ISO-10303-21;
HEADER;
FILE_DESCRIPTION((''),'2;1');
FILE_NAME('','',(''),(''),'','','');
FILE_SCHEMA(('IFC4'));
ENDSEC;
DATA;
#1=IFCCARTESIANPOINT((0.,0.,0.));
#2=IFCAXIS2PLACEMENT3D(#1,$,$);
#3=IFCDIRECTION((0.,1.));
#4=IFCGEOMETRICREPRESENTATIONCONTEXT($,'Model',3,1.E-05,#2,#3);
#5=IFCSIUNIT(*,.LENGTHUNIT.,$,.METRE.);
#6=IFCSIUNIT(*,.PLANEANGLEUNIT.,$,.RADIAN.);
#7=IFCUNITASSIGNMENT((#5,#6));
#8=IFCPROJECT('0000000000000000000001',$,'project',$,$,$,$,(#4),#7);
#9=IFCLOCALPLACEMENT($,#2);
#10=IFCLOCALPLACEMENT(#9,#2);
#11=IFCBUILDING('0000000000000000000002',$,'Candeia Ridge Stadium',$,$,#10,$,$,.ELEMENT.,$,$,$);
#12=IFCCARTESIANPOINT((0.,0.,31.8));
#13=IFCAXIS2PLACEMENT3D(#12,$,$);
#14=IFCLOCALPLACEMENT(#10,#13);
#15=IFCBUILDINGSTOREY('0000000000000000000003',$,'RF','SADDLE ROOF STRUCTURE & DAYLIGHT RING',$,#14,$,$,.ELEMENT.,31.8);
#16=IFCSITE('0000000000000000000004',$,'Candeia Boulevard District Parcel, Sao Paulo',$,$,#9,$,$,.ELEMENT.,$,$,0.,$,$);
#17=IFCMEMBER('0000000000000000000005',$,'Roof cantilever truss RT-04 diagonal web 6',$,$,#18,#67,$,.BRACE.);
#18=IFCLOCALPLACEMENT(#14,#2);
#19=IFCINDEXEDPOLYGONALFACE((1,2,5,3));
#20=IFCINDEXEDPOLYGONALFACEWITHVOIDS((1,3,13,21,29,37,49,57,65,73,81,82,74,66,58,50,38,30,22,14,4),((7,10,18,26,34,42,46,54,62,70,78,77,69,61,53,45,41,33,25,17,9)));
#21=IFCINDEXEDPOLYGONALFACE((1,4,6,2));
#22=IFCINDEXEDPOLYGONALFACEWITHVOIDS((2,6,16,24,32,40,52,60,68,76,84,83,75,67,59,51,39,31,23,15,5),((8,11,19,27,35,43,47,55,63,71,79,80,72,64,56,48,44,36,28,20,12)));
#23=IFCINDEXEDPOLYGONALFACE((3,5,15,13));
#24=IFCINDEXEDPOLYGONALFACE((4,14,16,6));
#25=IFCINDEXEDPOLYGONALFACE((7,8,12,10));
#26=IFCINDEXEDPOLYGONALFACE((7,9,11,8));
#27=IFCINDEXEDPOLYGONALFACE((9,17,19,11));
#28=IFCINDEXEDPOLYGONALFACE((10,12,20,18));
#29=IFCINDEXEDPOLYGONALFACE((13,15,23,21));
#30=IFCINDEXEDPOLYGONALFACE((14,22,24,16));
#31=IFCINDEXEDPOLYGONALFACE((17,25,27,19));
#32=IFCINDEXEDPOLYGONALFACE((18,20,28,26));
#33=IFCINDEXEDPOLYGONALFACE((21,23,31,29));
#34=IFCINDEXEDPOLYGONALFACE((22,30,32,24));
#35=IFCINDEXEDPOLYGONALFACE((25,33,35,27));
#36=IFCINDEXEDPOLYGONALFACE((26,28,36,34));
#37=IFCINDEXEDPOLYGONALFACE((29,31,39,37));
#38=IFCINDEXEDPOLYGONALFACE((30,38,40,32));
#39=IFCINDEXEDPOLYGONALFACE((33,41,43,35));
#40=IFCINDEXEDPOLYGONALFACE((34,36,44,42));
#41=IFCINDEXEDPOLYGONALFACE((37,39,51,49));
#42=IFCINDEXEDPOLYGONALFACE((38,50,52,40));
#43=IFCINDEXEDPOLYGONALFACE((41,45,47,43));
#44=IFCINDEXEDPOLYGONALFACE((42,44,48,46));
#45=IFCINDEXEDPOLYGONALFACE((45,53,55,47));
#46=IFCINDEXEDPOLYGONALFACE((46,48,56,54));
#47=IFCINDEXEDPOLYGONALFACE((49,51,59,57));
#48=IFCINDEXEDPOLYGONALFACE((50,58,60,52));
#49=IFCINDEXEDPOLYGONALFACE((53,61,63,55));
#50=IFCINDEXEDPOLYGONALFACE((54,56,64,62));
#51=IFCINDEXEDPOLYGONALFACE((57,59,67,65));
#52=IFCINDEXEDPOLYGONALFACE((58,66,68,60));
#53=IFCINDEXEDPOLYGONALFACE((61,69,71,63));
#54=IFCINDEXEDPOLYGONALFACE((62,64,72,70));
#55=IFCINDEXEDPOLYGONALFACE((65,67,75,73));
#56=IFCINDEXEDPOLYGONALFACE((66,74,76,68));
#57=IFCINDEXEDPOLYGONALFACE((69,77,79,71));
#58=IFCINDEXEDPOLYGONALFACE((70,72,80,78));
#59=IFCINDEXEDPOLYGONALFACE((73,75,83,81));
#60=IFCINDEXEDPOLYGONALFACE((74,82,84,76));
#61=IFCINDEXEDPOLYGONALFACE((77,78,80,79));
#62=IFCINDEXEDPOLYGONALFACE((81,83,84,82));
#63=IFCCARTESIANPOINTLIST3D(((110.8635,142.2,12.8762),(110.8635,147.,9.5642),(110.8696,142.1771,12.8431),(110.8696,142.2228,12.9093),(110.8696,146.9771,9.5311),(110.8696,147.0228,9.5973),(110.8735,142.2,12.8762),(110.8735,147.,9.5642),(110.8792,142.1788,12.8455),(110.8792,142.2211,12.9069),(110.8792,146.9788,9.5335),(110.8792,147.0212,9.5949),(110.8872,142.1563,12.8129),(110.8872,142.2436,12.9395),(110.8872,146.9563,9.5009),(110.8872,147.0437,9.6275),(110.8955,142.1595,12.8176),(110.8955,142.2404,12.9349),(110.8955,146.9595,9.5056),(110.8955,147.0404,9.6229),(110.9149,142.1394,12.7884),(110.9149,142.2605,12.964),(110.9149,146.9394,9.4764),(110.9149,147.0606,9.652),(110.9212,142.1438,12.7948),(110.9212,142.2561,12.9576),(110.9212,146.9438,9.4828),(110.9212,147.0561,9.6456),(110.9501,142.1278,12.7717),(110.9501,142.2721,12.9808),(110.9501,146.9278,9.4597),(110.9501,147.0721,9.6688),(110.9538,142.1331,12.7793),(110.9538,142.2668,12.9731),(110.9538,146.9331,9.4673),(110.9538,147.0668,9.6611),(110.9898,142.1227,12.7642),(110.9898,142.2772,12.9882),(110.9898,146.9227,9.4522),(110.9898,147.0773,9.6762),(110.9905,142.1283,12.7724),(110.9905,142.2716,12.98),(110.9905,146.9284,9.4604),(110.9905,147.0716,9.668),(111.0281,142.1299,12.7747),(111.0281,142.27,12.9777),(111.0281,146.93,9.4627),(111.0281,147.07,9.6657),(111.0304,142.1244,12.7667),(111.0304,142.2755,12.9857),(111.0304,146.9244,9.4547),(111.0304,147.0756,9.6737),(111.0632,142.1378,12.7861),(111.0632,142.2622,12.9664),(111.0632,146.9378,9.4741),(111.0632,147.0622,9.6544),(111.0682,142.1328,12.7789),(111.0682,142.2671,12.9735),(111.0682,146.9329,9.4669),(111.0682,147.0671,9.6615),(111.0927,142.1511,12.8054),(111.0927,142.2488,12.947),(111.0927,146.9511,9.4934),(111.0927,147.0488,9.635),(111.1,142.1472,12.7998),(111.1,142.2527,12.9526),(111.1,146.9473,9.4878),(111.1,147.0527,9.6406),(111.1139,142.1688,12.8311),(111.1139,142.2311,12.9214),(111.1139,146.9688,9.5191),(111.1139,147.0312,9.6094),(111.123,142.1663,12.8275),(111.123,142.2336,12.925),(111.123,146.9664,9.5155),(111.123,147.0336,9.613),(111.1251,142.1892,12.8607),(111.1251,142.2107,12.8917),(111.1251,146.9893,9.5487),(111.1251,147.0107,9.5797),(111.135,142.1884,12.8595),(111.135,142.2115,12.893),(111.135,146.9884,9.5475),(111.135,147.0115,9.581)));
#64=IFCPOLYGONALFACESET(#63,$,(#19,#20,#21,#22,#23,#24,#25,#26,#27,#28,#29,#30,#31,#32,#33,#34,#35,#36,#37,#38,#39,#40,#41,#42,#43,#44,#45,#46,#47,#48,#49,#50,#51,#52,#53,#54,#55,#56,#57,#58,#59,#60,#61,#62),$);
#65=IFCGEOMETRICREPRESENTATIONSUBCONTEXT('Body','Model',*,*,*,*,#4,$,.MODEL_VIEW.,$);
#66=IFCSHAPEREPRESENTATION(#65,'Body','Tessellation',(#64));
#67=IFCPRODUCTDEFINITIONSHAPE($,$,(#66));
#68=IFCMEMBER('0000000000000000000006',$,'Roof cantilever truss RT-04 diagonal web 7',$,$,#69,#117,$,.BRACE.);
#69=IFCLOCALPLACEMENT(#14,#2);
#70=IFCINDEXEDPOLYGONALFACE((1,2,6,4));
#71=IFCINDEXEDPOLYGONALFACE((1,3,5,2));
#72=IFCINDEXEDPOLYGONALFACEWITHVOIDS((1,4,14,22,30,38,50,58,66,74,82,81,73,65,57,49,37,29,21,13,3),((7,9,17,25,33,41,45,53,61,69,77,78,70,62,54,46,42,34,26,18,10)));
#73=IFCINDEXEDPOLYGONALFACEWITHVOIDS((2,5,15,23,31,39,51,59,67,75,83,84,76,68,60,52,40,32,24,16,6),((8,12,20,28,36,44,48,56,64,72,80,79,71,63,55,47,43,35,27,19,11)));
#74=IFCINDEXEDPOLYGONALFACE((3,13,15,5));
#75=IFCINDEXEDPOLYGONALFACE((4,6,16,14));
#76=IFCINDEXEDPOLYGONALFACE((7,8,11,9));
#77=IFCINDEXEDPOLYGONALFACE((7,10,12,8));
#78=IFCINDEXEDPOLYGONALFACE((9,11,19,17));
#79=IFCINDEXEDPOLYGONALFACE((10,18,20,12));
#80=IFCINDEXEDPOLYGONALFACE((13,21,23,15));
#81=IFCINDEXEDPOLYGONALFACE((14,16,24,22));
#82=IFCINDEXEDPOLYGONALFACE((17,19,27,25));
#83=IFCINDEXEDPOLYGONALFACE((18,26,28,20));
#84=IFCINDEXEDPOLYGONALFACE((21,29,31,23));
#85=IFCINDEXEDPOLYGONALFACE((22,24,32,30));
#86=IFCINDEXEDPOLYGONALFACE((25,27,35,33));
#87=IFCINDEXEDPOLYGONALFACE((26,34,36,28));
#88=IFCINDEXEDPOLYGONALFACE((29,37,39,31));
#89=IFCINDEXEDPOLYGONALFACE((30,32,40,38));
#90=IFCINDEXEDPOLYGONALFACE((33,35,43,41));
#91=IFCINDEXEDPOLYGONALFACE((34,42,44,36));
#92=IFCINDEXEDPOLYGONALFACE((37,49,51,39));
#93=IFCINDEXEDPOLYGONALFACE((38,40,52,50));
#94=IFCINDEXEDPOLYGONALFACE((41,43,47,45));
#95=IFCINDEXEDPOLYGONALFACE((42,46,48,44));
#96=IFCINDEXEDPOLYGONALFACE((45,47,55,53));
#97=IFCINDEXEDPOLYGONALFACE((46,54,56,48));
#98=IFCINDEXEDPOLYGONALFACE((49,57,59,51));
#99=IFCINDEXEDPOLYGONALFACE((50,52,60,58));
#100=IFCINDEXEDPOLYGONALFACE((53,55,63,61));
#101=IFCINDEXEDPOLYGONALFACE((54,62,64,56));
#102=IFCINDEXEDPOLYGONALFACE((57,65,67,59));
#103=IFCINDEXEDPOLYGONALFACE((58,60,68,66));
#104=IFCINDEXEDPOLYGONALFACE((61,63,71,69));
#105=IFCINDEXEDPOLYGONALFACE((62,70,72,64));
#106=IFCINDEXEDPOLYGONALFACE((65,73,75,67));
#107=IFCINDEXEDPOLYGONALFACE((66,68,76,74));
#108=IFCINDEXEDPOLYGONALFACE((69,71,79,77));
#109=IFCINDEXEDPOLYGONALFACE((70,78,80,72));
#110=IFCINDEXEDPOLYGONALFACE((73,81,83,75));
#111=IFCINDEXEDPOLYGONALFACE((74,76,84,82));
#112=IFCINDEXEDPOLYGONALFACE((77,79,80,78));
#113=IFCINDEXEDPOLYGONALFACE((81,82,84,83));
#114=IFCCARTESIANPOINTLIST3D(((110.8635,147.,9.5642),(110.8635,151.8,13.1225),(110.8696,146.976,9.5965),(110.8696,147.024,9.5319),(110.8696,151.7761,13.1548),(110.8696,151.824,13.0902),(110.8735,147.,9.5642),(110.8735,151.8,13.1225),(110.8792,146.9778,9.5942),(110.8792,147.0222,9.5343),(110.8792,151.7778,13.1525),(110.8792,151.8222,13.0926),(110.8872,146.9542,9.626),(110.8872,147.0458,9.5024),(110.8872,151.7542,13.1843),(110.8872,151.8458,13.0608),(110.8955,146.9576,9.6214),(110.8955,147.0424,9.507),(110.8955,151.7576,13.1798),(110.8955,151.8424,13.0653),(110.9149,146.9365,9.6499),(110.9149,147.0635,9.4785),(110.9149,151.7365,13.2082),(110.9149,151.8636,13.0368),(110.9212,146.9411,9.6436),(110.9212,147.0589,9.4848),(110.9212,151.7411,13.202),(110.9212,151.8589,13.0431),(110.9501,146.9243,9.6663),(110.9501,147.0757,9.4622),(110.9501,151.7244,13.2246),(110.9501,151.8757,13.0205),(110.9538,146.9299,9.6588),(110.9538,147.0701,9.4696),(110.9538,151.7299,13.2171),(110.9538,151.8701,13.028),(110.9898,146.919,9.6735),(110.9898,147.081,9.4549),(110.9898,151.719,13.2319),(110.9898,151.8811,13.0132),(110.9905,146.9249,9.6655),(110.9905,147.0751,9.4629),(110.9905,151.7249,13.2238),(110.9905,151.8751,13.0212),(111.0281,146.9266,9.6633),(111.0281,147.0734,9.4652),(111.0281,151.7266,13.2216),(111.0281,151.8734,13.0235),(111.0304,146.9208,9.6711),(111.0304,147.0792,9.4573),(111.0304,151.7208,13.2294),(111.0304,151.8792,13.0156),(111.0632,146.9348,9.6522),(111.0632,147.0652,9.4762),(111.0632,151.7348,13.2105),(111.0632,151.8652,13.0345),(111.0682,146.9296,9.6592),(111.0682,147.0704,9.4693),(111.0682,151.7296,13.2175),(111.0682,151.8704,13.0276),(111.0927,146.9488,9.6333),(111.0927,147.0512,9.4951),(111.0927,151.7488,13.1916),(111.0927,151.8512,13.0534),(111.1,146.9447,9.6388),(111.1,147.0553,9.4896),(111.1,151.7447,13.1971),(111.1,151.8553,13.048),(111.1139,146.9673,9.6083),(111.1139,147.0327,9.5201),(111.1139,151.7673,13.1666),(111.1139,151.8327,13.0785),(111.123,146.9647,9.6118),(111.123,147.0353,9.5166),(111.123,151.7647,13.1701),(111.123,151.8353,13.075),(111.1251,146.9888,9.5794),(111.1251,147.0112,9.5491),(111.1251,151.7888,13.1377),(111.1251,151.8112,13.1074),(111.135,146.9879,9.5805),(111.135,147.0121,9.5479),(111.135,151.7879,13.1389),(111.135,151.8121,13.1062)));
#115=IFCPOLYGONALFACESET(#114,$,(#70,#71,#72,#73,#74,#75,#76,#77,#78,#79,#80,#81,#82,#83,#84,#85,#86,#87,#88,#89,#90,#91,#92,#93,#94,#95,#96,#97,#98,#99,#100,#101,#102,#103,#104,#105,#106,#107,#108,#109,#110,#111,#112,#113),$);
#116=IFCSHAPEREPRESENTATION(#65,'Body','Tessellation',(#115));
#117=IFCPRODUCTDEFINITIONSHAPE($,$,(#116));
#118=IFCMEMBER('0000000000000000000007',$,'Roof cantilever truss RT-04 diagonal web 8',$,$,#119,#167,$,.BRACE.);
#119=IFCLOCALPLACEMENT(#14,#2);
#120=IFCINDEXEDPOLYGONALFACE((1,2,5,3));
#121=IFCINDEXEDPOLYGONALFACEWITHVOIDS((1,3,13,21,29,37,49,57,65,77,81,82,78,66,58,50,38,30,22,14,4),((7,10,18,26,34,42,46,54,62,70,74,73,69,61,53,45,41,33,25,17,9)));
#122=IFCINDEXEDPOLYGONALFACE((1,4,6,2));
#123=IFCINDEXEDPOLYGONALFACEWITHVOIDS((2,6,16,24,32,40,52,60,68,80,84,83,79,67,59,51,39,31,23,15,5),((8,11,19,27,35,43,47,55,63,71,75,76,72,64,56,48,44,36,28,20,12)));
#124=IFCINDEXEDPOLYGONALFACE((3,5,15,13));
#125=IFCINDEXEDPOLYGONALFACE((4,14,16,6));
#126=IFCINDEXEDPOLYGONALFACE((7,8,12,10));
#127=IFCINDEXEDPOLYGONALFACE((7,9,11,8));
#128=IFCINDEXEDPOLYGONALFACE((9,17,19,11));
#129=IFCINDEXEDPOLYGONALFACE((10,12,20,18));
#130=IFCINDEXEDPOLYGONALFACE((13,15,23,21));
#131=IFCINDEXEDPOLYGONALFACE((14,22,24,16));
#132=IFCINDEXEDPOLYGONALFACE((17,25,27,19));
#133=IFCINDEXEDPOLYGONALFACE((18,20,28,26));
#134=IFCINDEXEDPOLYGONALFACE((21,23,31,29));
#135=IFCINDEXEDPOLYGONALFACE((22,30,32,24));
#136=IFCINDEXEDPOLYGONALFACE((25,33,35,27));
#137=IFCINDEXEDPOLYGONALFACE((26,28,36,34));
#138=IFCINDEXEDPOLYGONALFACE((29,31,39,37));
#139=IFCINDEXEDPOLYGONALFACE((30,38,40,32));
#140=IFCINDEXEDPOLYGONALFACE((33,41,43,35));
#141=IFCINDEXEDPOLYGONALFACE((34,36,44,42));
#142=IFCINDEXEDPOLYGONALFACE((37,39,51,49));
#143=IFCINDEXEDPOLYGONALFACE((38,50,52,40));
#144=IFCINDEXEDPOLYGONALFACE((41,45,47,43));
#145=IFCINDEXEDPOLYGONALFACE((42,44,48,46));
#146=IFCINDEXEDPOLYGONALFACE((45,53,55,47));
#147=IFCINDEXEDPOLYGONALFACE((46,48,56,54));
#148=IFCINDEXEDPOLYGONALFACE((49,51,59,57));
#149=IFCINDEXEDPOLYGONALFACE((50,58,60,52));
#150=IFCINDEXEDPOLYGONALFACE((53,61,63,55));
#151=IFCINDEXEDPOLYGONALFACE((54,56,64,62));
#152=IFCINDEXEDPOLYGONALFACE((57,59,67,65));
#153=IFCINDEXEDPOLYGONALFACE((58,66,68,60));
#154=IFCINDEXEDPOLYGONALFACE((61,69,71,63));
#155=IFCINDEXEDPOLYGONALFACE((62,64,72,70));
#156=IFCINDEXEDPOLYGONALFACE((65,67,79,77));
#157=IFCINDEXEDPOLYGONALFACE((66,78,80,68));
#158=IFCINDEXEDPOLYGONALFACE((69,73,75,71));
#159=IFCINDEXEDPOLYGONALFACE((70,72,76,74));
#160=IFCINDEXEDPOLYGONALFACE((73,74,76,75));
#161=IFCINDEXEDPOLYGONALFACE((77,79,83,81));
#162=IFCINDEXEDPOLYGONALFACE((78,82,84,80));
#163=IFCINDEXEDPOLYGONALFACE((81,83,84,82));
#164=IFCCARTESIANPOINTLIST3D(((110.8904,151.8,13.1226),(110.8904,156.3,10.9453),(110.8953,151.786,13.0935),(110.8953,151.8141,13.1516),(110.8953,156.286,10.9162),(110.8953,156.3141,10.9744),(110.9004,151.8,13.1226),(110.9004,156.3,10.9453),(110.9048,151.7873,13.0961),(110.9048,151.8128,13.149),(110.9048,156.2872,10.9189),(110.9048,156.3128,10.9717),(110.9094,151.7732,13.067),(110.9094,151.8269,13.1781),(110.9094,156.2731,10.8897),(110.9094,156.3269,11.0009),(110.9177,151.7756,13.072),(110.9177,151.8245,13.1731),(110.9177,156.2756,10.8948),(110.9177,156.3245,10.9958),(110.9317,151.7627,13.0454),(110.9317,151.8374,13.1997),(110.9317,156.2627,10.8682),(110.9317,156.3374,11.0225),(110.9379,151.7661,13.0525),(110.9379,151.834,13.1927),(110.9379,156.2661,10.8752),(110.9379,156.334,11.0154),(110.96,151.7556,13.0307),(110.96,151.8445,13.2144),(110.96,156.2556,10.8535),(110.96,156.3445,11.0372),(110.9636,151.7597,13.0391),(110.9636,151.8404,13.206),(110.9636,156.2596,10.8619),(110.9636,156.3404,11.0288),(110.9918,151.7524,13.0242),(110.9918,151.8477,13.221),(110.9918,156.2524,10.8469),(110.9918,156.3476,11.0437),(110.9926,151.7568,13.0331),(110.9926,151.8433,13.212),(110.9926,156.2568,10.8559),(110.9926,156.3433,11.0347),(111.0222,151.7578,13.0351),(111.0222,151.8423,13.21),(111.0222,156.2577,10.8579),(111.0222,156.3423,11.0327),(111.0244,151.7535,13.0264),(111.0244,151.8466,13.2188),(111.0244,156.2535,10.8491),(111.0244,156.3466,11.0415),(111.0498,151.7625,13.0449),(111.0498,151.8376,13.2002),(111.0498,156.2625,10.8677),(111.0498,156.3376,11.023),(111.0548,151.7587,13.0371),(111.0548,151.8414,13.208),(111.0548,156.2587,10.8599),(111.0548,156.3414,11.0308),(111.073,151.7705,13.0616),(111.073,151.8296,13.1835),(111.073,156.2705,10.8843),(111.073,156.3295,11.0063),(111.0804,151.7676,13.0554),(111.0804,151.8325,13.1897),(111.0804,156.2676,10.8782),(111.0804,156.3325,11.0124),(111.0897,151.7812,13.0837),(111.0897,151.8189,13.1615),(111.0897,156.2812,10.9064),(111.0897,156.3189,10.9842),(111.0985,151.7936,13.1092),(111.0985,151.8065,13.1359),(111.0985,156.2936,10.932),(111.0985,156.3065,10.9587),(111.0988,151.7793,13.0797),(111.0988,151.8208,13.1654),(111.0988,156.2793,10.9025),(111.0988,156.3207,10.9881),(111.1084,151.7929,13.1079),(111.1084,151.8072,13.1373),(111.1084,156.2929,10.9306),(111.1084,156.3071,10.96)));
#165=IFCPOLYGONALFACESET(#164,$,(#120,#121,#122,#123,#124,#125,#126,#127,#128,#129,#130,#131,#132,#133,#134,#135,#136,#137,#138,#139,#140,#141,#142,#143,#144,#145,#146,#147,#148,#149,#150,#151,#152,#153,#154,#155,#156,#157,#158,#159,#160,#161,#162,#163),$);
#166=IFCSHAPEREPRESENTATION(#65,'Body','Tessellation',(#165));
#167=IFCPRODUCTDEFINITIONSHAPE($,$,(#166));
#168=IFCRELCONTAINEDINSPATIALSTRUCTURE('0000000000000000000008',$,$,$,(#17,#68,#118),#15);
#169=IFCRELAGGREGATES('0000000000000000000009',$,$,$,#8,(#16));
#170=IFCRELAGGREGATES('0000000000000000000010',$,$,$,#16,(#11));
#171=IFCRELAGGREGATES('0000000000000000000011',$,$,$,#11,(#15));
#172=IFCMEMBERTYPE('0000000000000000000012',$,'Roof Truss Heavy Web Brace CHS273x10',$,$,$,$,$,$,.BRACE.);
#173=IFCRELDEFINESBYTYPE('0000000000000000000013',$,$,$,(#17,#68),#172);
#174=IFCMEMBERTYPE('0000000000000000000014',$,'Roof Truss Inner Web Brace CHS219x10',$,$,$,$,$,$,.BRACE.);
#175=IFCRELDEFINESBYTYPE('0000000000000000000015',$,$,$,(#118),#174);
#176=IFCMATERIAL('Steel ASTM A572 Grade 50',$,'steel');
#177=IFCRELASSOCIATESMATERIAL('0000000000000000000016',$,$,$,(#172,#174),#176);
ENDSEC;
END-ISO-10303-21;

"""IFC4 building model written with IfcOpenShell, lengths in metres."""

from ifc_helpers import new_model, si_unit, direction, frame, origin, origin_2d, place, context, subcontext, project, spatial, hollow_circle, extrude, material, material_profile, profile_set, type_object, element, save


model = new_model("IFC4")

# Units and contexts
model_context = context("Model", 3, precision=1e-05, world=origin(), true_north=direction((0.0, 1.0)))
body_context = subcontext(model_context, "Body", "Model", "MODEL_VIEW")
ifc_project = project(units=[si_unit("LENGTHUNIT", "METRE"), si_unit("PLANEANGLEUNIT", "RADIAN")], contexts=[model_context])

# Site, building, storey
site_placement = place(None, origin())
site = spatial("IfcSite", under=ifc_project, at=site_placement, Name="Candeia Boulevard District Parcel, Sao Paulo", CompositionType="ELEMENT", RefElevation=0.0)
building_placement = place(site_placement, origin())
building = spatial("IfcBuilding", under=site, at=building_placement, Name="Candeia Ridge Stadium", CompositionType="ELEMENT")
storey_placement = place(building_placement, frame((0.0, 0.0, 31.8)))
storey = spatial("IfcBuildingStorey", under=building, at=storey_placement, Name="RF", Description="SADDLE ROOF STRUCTURE & DAYLIGHT RING", CompositionType="ELEMENT", Elevation=31.8)

# Shared definitions
ifc_material_1 = material(Name="Steel ASTM A572 Grade 50", Category="steel")

# Members
ifc_material_profile_1 = material_profile(ifc_material_1, hollow_circle(Radius=0.1365, WallThickness=0.01, at=origin_2d()), Name="CHS273x10", Category="steel")
ifc_profile_set_1 = profile_set([ifc_material_profile_1], Name="Steel ASTM A572 Grade 50")
member_type_1 = type_object("IfcMemberType", Name="Roof Truss Heavy Web Brace CHS273x10", PredefinedType="BRACE", material=ifc_profile_set_1)
member_1_placement = place(storey_placement, frame((111.0, 142.2, 12.8762), z_axis=(0.0, 0.823082, -0.567923), x_axis=(-1.0, 0.0, 0.0)))
element("IfcMember", 1, at=member_1_placement, inside=storey, type_object=member_type_1, Name="Roof cantilever truss RT-04 diagonal web 6", PredefinedType="BRACE", context=body_context, shape_type="SweptSolid", body=[
    extrude(hollow_circle(Radius=0.1365, WallThickness=0.01, at=origin_2d()), origin(), (0.0, 0.0, 1.0), 5.8318),
])
member_2_placement = place(storey_placement, frame((111.0, 147.0, 9.5642), z_axis=(0.0, 0.803336, 0.595526), x_axis=(-1.0, 0.0, 0.0)))
element("IfcMember", 2, at=member_2_placement, inside=storey, type_object=member_type_1, Name="Roof cantilever truss RT-04 diagonal web 7", PredefinedType="BRACE", context=body_context, shape_type="SweptSolid", body=[
    extrude(hollow_circle(Radius=0.1365, WallThickness=0.01, at=origin_2d()), origin(), (0.0, 0.0, 1.0), 5.9751),
])
ifc_material_profile_2 = material_profile(ifc_material_1, hollow_circle(Radius=0.1096, WallThickness=0.01, at=origin_2d()), Name="CHS219x10", Category="steel")
ifc_profile_set_2 = profile_set([ifc_material_profile_2], Name="Steel ASTM A572 Grade 50")
member_type_2 = type_object("IfcMemberType", Name="Roof Truss Inner Web Brace CHS219x10", PredefinedType="BRACE", material=ifc_profile_set_2)
member_3_placement = place(storey_placement, frame((111.0, 151.8, 13.1226), z_axis=(0.0, 0.900173, -0.435533), x_axis=(-1.0, 0.0, 0.0)))
element("IfcMember", 3, at=member_3_placement, inside=storey, type_object=member_type_2, Name="Roof cantilever truss RT-04 diagonal web 8", PredefinedType="BRACE", context=body_context, shape_type="SweptSolid", body=[
    extrude(hollow_circle(Radius=0.1096, WallThickness=0.01, at=origin_2d()), origin(), (0.0, 0.0, 1.0), 4.999),
])

save(model, "model.ifc")
